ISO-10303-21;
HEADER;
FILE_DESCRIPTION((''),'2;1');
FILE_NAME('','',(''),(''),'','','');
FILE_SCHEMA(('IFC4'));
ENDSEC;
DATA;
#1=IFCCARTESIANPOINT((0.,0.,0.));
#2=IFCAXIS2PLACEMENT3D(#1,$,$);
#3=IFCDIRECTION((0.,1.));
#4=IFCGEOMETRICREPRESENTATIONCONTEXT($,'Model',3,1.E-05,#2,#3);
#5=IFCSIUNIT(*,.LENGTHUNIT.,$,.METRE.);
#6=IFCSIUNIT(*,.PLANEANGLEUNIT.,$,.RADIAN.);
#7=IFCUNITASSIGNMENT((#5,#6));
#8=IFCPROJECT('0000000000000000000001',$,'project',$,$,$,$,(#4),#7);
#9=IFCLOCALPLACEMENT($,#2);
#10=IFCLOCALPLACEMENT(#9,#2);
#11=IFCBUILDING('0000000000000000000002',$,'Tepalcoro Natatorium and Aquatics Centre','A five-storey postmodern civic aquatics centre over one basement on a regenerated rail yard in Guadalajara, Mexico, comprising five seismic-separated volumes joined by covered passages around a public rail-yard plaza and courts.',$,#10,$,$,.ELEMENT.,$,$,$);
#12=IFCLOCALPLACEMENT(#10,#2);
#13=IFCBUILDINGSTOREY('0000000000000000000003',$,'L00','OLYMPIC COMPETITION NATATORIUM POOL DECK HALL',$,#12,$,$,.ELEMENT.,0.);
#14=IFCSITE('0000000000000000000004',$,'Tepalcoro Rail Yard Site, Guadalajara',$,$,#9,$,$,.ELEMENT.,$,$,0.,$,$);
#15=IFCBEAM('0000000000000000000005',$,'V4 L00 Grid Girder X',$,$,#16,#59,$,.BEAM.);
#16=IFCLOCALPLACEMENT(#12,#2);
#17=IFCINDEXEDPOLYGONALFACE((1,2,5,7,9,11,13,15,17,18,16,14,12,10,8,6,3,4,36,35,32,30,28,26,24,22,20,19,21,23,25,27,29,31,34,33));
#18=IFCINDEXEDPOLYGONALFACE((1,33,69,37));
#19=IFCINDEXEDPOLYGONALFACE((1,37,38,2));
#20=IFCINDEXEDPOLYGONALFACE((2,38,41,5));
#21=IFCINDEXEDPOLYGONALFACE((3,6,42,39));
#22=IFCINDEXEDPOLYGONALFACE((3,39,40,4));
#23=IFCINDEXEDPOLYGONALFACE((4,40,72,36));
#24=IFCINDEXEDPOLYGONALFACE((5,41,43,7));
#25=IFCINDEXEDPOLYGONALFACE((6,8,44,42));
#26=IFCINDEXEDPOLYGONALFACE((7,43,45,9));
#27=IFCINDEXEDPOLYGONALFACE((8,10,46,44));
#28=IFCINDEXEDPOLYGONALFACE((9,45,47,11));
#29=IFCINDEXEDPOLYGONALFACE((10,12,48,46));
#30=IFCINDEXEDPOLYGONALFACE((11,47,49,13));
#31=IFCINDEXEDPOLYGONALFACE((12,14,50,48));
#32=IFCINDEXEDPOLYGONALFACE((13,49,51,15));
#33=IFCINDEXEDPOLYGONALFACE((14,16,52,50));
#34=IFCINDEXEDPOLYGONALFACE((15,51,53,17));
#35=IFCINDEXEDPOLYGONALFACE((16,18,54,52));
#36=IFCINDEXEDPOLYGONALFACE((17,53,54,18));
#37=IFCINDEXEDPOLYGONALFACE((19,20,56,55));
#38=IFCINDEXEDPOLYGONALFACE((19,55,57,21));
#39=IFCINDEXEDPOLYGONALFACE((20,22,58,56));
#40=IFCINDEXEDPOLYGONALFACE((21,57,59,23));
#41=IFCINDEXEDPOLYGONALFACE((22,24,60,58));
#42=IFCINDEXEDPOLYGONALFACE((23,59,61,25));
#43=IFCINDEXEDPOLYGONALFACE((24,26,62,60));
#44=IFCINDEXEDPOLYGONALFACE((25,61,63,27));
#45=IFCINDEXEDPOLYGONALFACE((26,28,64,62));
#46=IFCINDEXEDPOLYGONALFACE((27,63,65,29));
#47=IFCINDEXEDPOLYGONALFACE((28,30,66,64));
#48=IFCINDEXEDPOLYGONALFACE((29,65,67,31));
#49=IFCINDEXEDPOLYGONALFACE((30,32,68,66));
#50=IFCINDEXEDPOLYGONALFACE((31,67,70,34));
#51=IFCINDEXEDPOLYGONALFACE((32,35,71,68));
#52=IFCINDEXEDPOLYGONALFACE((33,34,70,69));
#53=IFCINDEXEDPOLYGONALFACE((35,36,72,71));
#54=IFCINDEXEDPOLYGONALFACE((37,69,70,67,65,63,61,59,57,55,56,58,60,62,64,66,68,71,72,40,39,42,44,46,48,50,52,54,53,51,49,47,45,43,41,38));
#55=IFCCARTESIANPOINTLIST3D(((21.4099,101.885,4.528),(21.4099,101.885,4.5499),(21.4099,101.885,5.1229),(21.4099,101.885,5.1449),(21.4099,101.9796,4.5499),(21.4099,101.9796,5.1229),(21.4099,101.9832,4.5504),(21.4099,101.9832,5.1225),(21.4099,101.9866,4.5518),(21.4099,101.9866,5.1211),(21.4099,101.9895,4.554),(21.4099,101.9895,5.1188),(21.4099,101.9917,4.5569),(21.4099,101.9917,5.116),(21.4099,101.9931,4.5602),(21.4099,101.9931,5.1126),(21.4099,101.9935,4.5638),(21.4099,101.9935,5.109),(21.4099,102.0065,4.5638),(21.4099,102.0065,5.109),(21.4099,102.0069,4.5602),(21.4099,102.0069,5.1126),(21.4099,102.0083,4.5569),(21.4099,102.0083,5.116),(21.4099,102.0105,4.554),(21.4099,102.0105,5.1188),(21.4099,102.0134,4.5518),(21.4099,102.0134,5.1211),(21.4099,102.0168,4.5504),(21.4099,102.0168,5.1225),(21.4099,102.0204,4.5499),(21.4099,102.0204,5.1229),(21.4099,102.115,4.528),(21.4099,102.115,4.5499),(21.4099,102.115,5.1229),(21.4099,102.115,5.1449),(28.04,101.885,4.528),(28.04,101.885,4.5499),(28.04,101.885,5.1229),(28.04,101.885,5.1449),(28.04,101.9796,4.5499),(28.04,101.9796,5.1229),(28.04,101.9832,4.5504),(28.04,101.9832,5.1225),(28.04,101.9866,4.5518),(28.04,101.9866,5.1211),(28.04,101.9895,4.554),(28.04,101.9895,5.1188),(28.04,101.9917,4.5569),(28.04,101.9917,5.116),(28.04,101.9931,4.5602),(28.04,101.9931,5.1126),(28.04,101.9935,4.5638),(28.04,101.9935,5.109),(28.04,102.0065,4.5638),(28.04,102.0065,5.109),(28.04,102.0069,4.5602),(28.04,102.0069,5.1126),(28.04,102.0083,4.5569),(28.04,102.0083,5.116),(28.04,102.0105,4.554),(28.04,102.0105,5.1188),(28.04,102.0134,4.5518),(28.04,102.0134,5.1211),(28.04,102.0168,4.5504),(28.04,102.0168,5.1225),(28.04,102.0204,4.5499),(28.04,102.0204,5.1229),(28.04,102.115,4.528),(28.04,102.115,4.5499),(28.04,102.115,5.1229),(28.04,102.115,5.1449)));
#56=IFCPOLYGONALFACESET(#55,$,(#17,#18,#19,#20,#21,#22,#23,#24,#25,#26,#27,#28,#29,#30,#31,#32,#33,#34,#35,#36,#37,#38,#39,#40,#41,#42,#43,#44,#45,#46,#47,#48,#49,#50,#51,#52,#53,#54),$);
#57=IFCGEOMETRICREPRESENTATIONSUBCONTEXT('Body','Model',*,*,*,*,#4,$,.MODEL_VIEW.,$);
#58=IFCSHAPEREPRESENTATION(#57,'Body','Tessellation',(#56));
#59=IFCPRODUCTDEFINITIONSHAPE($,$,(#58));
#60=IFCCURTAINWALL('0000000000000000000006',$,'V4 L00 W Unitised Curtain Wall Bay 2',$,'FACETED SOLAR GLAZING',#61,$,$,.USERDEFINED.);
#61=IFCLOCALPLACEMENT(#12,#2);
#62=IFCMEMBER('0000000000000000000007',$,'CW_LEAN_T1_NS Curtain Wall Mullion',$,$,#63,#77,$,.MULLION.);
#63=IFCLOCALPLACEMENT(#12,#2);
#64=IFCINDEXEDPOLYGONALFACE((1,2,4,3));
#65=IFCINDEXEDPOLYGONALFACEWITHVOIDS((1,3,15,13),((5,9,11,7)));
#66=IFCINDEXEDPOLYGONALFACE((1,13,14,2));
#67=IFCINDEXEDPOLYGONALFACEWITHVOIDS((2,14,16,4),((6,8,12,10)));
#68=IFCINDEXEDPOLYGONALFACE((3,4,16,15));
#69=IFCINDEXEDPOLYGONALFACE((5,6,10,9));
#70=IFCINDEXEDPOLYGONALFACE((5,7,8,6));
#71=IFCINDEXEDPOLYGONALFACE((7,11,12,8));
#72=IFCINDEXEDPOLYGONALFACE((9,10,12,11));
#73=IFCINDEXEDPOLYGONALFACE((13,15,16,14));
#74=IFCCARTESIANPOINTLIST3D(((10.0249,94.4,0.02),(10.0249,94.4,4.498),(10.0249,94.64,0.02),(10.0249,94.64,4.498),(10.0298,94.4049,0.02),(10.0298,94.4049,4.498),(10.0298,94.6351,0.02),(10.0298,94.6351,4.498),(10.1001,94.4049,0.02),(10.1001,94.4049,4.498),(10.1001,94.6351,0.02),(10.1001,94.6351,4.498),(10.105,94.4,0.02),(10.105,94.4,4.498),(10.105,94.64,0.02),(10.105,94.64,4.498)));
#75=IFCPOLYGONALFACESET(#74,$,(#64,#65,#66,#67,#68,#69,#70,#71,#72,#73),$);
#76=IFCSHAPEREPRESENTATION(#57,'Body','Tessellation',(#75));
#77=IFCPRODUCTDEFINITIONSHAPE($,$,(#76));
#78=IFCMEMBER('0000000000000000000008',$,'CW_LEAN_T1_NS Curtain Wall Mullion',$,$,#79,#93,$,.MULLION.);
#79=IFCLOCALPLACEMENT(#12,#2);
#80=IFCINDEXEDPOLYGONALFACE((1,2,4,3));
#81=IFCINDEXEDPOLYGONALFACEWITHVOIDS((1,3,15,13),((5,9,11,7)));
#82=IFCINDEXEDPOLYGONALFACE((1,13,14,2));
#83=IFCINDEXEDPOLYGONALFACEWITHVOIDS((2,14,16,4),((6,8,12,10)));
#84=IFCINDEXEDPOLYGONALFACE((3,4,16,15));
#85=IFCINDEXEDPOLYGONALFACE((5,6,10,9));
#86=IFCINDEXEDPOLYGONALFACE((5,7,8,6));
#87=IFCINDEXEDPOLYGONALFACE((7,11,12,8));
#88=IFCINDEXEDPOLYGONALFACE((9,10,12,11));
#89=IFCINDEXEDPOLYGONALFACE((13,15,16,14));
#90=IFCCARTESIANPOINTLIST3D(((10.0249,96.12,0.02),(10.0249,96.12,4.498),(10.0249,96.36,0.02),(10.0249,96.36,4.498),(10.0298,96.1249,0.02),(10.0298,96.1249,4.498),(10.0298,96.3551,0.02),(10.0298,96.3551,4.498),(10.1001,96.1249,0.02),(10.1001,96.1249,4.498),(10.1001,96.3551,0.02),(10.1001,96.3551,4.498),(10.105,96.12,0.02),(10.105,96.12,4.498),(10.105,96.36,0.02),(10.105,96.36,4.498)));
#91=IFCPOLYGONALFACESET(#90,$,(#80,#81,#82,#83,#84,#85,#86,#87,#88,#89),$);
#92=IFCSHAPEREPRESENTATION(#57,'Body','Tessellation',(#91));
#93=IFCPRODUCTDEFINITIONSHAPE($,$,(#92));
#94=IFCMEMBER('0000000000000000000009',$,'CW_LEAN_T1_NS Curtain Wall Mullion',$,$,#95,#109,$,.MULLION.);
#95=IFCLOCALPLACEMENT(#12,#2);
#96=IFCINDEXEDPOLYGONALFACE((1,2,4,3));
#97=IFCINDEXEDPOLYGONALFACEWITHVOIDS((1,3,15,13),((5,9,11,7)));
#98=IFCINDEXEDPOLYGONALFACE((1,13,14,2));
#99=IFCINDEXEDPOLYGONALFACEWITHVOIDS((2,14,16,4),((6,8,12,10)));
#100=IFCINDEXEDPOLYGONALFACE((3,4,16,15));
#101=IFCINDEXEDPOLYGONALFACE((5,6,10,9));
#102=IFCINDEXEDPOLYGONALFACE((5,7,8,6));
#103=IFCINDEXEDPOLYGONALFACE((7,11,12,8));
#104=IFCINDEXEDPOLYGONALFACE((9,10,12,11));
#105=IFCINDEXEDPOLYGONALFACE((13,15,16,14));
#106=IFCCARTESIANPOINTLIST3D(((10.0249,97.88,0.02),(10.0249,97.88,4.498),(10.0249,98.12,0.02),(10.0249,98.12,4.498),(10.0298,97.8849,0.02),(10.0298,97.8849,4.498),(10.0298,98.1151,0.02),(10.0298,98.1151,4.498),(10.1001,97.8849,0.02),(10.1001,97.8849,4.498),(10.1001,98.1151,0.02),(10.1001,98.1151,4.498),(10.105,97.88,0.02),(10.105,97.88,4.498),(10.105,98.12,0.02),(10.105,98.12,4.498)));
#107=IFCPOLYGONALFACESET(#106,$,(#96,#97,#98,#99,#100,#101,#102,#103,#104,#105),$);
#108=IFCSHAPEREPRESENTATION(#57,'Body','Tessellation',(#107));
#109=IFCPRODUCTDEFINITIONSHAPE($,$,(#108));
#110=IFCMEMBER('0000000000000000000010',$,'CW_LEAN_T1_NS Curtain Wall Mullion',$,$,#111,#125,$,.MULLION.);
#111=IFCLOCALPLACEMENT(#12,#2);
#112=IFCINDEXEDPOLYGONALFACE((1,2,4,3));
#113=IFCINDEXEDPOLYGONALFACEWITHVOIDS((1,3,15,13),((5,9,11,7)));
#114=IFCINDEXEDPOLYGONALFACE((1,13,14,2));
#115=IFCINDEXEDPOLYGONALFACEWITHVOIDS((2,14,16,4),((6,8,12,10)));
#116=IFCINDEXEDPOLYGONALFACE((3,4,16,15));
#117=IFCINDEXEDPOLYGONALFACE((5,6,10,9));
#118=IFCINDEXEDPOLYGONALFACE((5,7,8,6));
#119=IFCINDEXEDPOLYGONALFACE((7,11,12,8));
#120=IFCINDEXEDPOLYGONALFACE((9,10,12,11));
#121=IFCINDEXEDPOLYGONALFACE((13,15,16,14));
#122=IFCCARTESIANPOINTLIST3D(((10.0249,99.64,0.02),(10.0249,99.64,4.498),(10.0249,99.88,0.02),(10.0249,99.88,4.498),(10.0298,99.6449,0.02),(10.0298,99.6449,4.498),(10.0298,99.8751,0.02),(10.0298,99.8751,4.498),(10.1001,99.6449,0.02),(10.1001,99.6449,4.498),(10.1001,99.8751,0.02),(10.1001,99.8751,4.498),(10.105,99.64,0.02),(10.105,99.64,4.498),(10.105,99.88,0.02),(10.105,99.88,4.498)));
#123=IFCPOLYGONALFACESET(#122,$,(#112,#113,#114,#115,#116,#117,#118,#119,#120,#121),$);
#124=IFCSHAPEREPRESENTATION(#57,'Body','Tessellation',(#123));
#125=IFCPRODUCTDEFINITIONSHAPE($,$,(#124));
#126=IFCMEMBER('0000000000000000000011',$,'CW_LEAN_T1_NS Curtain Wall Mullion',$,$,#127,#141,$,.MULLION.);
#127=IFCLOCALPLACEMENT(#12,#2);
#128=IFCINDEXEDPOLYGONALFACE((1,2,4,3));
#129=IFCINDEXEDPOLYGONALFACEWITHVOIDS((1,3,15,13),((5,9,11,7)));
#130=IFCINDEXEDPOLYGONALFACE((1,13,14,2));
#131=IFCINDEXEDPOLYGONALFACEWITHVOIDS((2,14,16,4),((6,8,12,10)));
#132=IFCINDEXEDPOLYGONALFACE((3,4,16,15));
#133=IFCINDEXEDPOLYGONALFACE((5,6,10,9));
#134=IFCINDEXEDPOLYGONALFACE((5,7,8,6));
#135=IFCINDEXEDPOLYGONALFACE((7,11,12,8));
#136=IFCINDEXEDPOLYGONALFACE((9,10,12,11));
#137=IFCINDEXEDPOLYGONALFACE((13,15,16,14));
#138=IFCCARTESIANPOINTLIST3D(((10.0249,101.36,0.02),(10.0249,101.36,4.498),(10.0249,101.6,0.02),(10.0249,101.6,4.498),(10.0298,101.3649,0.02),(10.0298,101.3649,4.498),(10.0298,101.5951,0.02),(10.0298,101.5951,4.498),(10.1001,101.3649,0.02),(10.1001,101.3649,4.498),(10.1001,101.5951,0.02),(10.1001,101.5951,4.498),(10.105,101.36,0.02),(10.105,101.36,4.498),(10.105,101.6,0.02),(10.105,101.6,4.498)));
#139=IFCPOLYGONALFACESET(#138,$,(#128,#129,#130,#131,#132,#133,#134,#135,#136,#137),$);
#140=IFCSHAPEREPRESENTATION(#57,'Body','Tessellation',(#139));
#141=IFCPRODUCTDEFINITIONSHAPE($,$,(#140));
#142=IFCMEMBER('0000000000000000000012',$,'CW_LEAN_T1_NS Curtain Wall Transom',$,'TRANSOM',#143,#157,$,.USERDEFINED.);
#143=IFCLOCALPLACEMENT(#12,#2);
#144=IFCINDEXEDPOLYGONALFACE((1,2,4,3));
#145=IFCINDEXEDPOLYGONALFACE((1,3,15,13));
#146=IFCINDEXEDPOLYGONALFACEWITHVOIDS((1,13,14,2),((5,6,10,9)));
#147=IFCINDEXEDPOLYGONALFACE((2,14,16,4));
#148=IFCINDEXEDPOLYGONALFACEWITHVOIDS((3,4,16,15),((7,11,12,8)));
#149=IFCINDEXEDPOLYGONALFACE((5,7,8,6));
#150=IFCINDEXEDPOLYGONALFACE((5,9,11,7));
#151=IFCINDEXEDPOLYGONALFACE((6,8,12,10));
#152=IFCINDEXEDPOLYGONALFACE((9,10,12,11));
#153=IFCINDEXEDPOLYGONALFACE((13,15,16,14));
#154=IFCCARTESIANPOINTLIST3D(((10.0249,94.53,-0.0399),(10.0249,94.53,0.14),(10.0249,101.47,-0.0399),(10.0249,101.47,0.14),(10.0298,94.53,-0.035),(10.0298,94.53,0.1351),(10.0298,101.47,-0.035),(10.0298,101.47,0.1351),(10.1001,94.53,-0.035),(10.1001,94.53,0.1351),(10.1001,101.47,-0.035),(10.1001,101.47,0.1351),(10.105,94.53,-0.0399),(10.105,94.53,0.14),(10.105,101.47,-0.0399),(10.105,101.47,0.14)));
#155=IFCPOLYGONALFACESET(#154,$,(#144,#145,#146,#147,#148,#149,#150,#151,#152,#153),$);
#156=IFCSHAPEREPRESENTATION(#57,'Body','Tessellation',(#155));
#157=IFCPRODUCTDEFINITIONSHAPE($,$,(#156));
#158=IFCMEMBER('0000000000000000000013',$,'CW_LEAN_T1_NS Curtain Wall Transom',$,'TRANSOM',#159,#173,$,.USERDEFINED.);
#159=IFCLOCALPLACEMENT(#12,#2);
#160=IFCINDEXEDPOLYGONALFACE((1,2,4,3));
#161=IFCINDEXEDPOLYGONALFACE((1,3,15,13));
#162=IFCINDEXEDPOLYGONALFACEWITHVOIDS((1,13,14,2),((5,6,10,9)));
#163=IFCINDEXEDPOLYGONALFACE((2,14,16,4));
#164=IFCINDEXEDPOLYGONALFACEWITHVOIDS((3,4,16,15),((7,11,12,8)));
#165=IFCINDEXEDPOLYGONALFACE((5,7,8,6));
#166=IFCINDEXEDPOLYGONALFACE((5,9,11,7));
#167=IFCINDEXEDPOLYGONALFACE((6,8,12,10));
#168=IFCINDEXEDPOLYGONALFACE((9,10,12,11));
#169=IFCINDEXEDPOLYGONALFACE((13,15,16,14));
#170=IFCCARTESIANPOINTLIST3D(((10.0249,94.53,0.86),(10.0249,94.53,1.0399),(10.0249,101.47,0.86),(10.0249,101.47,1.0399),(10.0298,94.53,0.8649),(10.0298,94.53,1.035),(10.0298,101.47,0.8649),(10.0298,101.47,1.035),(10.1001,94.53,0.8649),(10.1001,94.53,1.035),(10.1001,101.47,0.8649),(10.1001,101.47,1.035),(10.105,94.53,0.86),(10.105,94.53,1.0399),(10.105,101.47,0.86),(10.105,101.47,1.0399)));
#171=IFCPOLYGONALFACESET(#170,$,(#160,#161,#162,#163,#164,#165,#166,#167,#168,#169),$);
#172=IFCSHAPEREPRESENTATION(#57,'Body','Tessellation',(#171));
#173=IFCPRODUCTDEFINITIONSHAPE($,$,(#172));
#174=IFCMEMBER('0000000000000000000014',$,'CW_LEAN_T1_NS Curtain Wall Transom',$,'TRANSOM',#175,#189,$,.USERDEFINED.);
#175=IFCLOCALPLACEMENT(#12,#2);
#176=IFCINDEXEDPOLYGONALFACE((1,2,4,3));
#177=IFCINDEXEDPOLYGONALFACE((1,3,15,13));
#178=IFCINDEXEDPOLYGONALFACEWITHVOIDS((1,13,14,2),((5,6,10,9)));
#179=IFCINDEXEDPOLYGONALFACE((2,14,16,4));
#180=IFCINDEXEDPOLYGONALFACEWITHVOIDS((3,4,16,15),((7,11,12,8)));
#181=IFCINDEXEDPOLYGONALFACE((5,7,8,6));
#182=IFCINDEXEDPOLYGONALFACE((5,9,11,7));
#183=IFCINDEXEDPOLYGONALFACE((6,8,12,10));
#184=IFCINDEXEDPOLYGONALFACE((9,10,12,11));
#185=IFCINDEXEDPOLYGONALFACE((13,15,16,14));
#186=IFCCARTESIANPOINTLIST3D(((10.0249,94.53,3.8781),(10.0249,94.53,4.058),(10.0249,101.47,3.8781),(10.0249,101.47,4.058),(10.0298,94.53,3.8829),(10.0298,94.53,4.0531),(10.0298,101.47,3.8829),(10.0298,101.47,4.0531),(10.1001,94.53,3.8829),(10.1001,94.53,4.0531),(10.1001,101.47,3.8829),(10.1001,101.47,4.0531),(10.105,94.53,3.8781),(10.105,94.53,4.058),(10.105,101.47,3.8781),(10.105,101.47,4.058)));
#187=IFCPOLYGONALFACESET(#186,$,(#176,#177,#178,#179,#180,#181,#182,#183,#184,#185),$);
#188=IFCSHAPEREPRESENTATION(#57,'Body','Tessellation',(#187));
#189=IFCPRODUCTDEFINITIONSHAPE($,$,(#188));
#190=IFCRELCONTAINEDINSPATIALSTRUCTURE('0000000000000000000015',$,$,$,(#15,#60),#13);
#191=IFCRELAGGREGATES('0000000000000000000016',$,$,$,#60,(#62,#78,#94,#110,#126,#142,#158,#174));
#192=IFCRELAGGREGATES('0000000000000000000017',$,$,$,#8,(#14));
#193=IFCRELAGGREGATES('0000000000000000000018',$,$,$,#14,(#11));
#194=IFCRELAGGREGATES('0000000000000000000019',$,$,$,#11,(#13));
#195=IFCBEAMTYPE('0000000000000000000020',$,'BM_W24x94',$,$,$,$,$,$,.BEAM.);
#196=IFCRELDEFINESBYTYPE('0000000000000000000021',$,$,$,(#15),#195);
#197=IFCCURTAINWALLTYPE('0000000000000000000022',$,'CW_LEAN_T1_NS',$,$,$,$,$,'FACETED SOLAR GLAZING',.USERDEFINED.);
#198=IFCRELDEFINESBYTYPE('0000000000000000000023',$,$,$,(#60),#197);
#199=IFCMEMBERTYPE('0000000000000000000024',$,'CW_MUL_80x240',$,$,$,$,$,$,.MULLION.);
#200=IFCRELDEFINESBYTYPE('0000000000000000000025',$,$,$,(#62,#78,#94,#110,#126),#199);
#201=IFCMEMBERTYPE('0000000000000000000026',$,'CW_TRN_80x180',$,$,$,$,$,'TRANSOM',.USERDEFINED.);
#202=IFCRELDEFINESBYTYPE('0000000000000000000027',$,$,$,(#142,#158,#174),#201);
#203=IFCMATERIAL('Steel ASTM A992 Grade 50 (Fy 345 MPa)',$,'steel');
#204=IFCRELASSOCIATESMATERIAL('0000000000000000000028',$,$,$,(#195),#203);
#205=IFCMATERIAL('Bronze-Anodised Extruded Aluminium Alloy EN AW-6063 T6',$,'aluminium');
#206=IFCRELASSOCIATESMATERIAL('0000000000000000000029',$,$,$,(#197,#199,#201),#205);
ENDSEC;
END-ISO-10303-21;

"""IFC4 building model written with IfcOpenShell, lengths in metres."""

from ifc_helpers import new_model, si_unit, direction, frame, origin, origin_2d, place, context, subcontext, project, spatial, hollow_rectangle, i_section, extrude, material, material_profile, profile_set, type_object, element, aggregate, save


model = new_model("IFC4")

# Units and contexts
model_context = context("Model", 3, precision=1e-05, world=origin(), true_north=direction((0.0, 1.0)))
body_context = subcontext(model_context, "Body", "Model", "MODEL_VIEW")
ifc_project = project(units=[si_unit("LENGTHUNIT", "METRE"), si_unit("PLANEANGLEUNIT", "RADIAN")], contexts=[model_context])

# Site, building, storey
site_placement = place(None, origin())
site = spatial("IfcSite", under=ifc_project, at=site_placement, Name="Tepalcoro Rail Yard Site, Guadalajara", CompositionType="ELEMENT", RefElevation=0.0)
building_placement = place(site_placement, origin())
building = spatial("IfcBuilding", under=site, at=building_placement, Name="Tepalcoro Natatorium and Aquatics Centre", Description="A five-storey postmodern civic aquatics centre over one basement on a regenerated rail yard in Guadalajara, Mexico, comprising five seismic-separated volumes joined by covered passages around a public rail-yard plaza and courts.", CompositionType="ELEMENT")
storey_placement = place(building_placement, origin())
storey = spatial("IfcBuildingStorey", under=building, at=storey_placement, Name="L00", Description="OLYMPIC COMPETITION NATATORIUM POOL DECK HALL", CompositionType="ELEMENT", Elevation=0.0)

# Beam
ifc_material_1 = material(Name="Steel ASTM A992 Grade 50 (Fy 345 MPa)", Category="steel")
ifc_material_profile_1 = material_profile(ifc_material_1, i_section(OverallWidth=0.23, OverallDepth=0.6169, WebThickness=0.0129, FlangeThickness=0.022, FilletRadius=0.0139, at=origin_2d()), Name="W24X94")
ifc_profile_set_1 = profile_set([ifc_material_profile_1], Name="Steel ASTM A992 Grade 50 (Fy 345 MPa)")
beam_type_1 = type_object("IfcBeamType", Name="BM_W24x94", PredefinedType="BEAM", material=ifc_profile_set_1)
beam_1_placement = place(storey_placement, frame((21.4099, 102.0, 4.8364), z_axis=(1.0, 0.0, 0.0), x_axis=(0.0, 1.0, 0.0)))
element("IfcBeam", 1, at=beam_1_placement, inside=storey, type_object=beam_type_1, Name="V4 L00 Grid Girder X", PredefinedType="BEAM", context=body_context, shape_type="SweptSolid", body=[
    extrude(i_section(OverallWidth=0.23, OverallDepth=0.6169, WebThickness=0.0129, FlangeThickness=0.022, FilletRadius=0.0139, at=origin_2d()), origin(), (0.0, 0.0, 1.0), 6.6301),
])

# Curtain wall, members
ifc_material_2 = material(Name="Bronze-Anodised Extruded Aluminium Alloy EN AW-6063 T6", Category="aluminium")
curtain_wall_type = type_object("IfcCurtainWallType", Name="CW_LEAN_T1_NS", ElementType="FACETED SOLAR GLAZING", PredefinedType="USERDEFINED", material=ifc_material_2)
curtain_wall_placement = place(storey_placement, origin())
curtain_wall = element("IfcCurtainWall", 2, at=curtain_wall_placement, inside=storey, type_object=curtain_wall_type, Name="V4 L00 W Unitised Curtain Wall Bay 2", ObjectType="FACETED SOLAR GLAZING", PredefinedType="USERDEFINED")
ifc_material_profile_2 = material_profile(ifc_material_2, hollow_rectangle(XDim=0.0801, YDim=0.24, WallThickness=0.0049, at=origin_2d()), Name="AL80X240X5")
ifc_profile_set_2 = profile_set([ifc_material_profile_2], Name="Bronze-Anodised Extruded Aluminium Alloy EN AW-6063 T6")
member_type_1 = type_object("IfcMemberType", Name="CW_MUL_80x240", PredefinedType="MULLION", material=ifc_profile_set_2)
member_1_placement = place(storey_placement, frame((10.0649, 94.52, 0.02), z_axis=(0.0, 0.0, 1.0), x_axis=(1.0, 0.0, 0.0)))
member_1 = element("IfcMember", 3, at=member_1_placement, type_object=member_type_1, Name="CW_LEAN_T1_NS Curtain Wall Mullion", PredefinedType="MULLION", context=body_context, shape_type="SweptSolid", body=[
    extrude(hollow_rectangle(XDim=0.0801, YDim=0.24, WallThickness=0.0049, at=origin_2d()), origin(), (0.0, 0.0, 1.0), 4.478),
])
member_2_placement = place(storey_placement, frame((10.0649, 96.24, 0.02), z_axis=(0.0, 0.0, 1.0), x_axis=(1.0, 0.0, 0.0)))
member_2 = element("IfcMember", 4, at=member_2_placement, type_object=member_type_1, Name="CW_LEAN_T1_NS Curtain Wall Mullion", PredefinedType="MULLION", context=body_context, shape_type="SweptSolid", body=[
    extrude(hollow_rectangle(XDim=0.0801, YDim=0.24, WallThickness=0.0049, at=origin_2d()), origin(), (0.0, 0.0, 1.0), 4.478),
])
member_3_placement = place(storey_placement, frame((10.0649, 98.0, 0.02), z_axis=(0.0, 0.0, 1.0), x_axis=(1.0, 0.0, 0.0)))
member_3 = element("IfcMember", 5, at=member_3_placement, type_object=member_type_1, Name="CW_LEAN_T1_NS Curtain Wall Mullion", PredefinedType="MULLION", context=body_context, shape_type="SweptSolid", body=[
    extrude(hollow_rectangle(XDim=0.0801, YDim=0.24, WallThickness=0.0049, at=origin_2d()), origin(), (0.0, 0.0, 1.0), 4.478),
])
member_4_placement = place(storey_placement, frame((10.0649, 99.76, 0.02), z_axis=(0.0, 0.0, 1.0), x_axis=(1.0, 0.0, 0.0)))
member_4 = element("IfcMember", 6, at=member_4_placement, type_object=member_type_1, Name="CW_LEAN_T1_NS Curtain Wall Mullion", PredefinedType="MULLION", context=body_context, shape_type="SweptSolid", body=[
    extrude(hollow_rectangle(XDim=0.0801, YDim=0.24, WallThickness=0.0049, at=origin_2d()), origin(), (0.0, 0.0, 1.0), 4.478),
])
member_5_placement = place(storey_placement, frame((10.0649, 101.48, 0.02), z_axis=(0.0, 0.0, 1.0), x_axis=(1.0, 0.0, 0.0)))
member_5 = element("IfcMember", 7, at=member_5_placement, type_object=member_type_1, Name="CW_LEAN_T1_NS Curtain Wall Mullion", PredefinedType="MULLION", context=body_context, shape_type="SweptSolid", body=[
    extrude(hollow_rectangle(XDim=0.0801, YDim=0.24, WallThickness=0.0049, at=origin_2d()), origin(), (0.0, 0.0, 1.0), 4.478),
])
ifc_material_profile_3 = material_profile(ifc_material_2, hollow_rectangle(XDim=0.0801, YDim=0.1799, WallThickness=0.0049, at=origin_2d()), Name="AL80X180X5")
ifc_profile_set_3 = profile_set([ifc_material_profile_3], Name="Bronze-Anodised Extruded Aluminium Alloy EN AW-6063 T6")
member_type_2 = type_object("IfcMemberType", Name="CW_TRN_80x180", ElementType="TRANSOM", PredefinedType="USERDEFINED", material=ifc_profile_set_3)
member_6_placement = place(storey_placement, frame((10.0649, 94.53, 0.05), z_axis=(0.0, 1.0, 0.0), x_axis=(-1.0, 0.0, 0.0)))
member_6 = element("IfcMember", 8, at=member_6_placement, type_object=member_type_2, Name="CW_LEAN_T1_NS Curtain Wall Transom", ObjectType="TRANSOM", PredefinedType="USERDEFINED", context=body_context, shape_type="SweptSolid", body=[
    extrude(hollow_rectangle(XDim=0.0801, YDim=0.1799, WallThickness=0.0049, at=origin_2d()), origin(), (0.0, 0.0, 1.0), 6.9399),
])
member_7_placement = place(storey_placement, frame((10.0649, 94.53, 0.95), z_axis=(0.0, 1.0, 0.0), x_axis=(-1.0, 0.0, 0.0)))
member_7 = element("IfcMember", 9, at=member_7_placement, type_object=member_type_2, Name="CW_LEAN_T1_NS Curtain Wall Transom", ObjectType="TRANSOM", PredefinedType="USERDEFINED", context=body_context, shape_type="SweptSolid", body=[
    extrude(hollow_rectangle(XDim=0.0801, YDim=0.1799, WallThickness=0.0049, at=origin_2d()), origin(), (0.0, 0.0, 1.0), 6.9399),
])
member_8_placement = place(storey_placement, frame((10.0649, 94.53, 3.968), z_axis=(0.0, 1.0, 0.0), x_axis=(-1.0, 0.0, 0.0)))
member_8 = element("IfcMember", 10, at=member_8_placement, type_object=member_type_2, Name="CW_LEAN_T1_NS Curtain Wall Transom", ObjectType="TRANSOM", PredefinedType="USERDEFINED", context=body_context, shape_type="SweptSolid", body=[
    extrude(hollow_rectangle(XDim=0.0801, YDim=0.1799, WallThickness=0.0049, at=origin_2d()), origin(), (0.0, 0.0, 1.0), 6.9399),
])

aggregate(curtain_wall, [member_1, member_2, member_3, member_4, member_5, member_6, member_7, member_8])

save(model, "model.ifc")
